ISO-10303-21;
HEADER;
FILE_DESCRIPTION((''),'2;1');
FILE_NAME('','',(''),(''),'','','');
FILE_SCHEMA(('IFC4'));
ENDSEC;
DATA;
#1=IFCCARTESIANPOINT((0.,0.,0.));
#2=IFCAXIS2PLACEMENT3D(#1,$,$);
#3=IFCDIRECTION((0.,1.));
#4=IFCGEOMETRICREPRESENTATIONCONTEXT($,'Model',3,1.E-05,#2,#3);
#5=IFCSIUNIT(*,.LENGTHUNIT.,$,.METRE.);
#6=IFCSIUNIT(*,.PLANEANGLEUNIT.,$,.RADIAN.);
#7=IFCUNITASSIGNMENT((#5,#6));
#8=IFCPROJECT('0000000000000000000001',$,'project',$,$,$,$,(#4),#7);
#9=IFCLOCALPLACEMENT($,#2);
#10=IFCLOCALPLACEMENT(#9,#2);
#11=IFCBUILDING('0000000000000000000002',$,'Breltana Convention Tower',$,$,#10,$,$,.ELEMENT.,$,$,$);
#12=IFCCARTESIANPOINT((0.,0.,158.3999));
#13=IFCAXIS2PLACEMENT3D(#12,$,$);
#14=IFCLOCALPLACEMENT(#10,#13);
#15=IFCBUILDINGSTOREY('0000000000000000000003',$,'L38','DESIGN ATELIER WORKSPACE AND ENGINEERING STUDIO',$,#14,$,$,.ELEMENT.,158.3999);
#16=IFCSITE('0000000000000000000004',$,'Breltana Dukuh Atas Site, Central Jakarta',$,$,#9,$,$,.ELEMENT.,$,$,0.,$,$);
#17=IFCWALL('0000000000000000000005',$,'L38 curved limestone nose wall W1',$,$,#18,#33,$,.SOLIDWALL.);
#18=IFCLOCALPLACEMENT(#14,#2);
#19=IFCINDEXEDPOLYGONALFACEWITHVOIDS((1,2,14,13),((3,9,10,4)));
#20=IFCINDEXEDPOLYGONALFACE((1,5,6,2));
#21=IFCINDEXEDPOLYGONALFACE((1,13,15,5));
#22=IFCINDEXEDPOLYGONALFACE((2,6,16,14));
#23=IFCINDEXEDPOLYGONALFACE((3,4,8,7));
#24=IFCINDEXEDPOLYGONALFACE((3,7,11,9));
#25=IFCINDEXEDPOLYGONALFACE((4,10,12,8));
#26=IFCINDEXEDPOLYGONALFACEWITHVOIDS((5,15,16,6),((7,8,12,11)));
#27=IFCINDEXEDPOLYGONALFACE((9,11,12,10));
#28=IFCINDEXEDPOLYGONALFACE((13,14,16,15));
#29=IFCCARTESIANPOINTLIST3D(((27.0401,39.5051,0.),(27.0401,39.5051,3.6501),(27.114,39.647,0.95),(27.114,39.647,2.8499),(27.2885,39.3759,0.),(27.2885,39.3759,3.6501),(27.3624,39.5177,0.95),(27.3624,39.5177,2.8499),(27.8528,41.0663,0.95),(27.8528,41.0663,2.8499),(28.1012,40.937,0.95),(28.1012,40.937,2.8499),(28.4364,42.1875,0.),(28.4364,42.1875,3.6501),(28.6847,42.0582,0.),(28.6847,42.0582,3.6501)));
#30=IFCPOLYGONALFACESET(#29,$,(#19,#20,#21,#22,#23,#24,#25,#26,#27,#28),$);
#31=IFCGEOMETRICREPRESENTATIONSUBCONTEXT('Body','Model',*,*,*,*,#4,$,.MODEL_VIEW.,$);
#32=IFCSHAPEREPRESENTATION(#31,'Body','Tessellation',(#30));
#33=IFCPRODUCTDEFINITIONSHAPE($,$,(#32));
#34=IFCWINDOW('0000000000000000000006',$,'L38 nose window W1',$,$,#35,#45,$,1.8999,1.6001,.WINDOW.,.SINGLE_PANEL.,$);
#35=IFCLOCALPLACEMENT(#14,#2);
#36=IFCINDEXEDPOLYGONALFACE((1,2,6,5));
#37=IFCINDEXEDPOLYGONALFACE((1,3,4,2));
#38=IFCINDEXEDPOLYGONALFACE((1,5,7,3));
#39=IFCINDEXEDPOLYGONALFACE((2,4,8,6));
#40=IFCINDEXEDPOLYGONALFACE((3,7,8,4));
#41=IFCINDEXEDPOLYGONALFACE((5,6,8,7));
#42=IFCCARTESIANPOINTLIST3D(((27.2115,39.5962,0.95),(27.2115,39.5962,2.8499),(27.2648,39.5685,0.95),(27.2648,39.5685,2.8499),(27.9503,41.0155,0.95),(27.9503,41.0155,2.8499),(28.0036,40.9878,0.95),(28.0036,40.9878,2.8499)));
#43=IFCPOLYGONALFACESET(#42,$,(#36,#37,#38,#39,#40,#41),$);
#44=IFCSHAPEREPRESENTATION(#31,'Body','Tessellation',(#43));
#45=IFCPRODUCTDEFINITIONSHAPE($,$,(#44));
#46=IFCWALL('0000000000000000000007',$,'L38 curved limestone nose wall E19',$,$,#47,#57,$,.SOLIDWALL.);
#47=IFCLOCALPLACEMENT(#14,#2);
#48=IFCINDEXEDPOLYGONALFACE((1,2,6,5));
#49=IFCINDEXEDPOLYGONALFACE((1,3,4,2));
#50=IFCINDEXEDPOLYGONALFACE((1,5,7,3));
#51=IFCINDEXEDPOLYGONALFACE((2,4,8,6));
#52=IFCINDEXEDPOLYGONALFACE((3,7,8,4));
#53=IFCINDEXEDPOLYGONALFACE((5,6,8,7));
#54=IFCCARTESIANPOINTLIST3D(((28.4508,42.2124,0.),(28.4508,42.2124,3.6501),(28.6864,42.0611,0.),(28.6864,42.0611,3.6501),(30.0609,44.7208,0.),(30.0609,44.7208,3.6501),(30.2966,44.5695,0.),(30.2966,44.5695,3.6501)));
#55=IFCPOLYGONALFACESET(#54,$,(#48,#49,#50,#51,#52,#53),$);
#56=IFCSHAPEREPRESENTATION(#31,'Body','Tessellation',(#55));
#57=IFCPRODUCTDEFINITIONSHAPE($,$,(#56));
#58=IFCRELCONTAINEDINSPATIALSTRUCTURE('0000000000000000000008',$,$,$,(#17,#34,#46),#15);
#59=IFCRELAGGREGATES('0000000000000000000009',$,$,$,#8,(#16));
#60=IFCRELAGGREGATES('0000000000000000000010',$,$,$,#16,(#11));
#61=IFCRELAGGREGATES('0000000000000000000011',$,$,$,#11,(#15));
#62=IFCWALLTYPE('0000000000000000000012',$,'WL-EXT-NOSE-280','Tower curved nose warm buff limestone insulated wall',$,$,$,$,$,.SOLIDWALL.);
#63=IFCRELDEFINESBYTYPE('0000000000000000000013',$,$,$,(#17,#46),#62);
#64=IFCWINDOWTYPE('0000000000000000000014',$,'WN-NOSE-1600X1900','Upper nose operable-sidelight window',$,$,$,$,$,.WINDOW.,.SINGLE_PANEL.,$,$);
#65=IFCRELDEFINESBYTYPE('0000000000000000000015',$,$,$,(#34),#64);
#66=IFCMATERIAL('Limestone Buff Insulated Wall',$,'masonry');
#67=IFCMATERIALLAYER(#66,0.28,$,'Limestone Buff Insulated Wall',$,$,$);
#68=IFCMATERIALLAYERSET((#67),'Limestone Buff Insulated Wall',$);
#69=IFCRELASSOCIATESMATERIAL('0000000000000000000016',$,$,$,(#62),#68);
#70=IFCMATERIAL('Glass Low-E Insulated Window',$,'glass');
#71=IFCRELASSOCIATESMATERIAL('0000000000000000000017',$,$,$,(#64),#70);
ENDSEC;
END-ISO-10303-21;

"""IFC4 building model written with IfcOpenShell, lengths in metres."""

from ifc_helpers import new_model, si_unit, direction, frame, frame_2d, origin, place, context, subcontext, project, spatial, rectangle, extrude, source, transform, mapped, material, layer, layer_set, type_object, type_shapes, element, fill, save


model = new_model("IFC4")

# Units and contexts
model_context = context("Model", 3, precision=1e-05, world=origin(), true_north=direction((0.0, 1.0)))
body_context = subcontext(model_context, "Body", "Model", "MODEL_VIEW")
ifc_project = project(units=[si_unit("LENGTHUNIT", "METRE"), si_unit("PLANEANGLEUNIT", "RADIAN")], contexts=[model_context])

# Site, building, storey
site_placement = place(None, origin())
site = spatial("IfcSite", under=ifc_project, at=site_placement, Name="Breltana Dukuh Atas Site, Central Jakarta", CompositionType="ELEMENT", RefElevation=0.0)
building_placement = place(site_placement, origin())
building = spatial("IfcBuilding", under=site, at=building_placement, Name="Breltana Convention Tower", CompositionType="ELEMENT")
storey_placement = place(building_placement, frame((0.0, 0.0, 158.3999)))
storey = spatial("IfcBuildingStorey", under=building, at=storey_placement, Name="L38", Description="DESIGN ATELIER WORKSPACE AND ENGINEERING STUDIO", CompositionType="ELEMENT", Elevation=158.3999)

# Wall, opening, window
ifc_material_1 = material(Name="Limestone Buff Insulated Wall", Category="masonry")
ifc_layer_1 = layer(ifc_material_1, 0.28, Name="Limestone Buff Insulated Wall")
ifc_layer_set_1 = layer_set([ifc_layer_1], Name="Limestone Buff Insulated Wall")
wall_type = type_object("IfcWallType", Name="WL-EXT-NOSE-280", Description="Tower curved nose warm buff limestone insulated wall", PredefinedType="SOLIDWALL", material=ifc_layer_set_1)
ifc_material_2 = material(Name="Glass Low-E Insulated Window", Category="glass")
shared_shape_1 = source(origin(), body_context, "Body", "SweptSolid", [
    extrude(rectangle(XDim=3.0239, YDim=0.28, at=frame_2d((1.512, 0.0))), origin(), (0.0, 0.0, 1.0), 3.6501),
])
wall_1_placement = place(storey_placement, frame((28.5605, 42.1228, 0.0), z_axis=(0.0, 0.0, 1.0), x_axis=(-0.461719, -0.887026, 0.0)))
wall_1 = element("IfcWall", 1, at=wall_1_placement, inside=storey, type_object=wall_type, Name="L38 curved limestone nose wall W1", PredefinedType="SOLIDWALL", context=body_context, shape_type="MappedRepresentation", body=[
    mapped(shared_shape_1, transform((0.0, 0.0, 0.0), scale=1.0)),
])
opening_1_placement = place(wall_1_placement, frame((1.2639, 0.0, 0.95)))
opening_1 = element("IfcOpeningElement", 2, at=opening_1_placement, cuts=wall_1, PredefinedType="OPENING", context=body_context, shape_type="SweptSolid", body=[
    extrude(rectangle(XDim=1.6001, YDim=1.8999, at=frame_2d((0.8, 0.95))), frame((0.0, 0.1499, 0.0), z_axis=(0.0, -1.0, 0.0), x_axis=(1.0, 0.0, 0.0)), (0.0, 0.0, 1.0), 0.3),
])
window_type_1 = type_object("IfcWindowType", Name="WN-NOSE-1600X1900", Description="Upper nose operable-sidelight window", PartitioningType="SINGLE_PANEL", PredefinedType="WINDOW", material=ifc_material_2)
shared_shape_2 = source(origin(), body_context, "Body", "SweptSolid", [
    extrude(rectangle(XDim=1.6001, YDim=1.8999, at=frame_2d((0.8, 0.95))), frame((0.0, 0.03, 0.0), z_axis=(0.0, -1.0, 0.0), x_axis=(1.0, 0.0, 0.0)), (0.0, 0.0, 1.0), 0.0601),
])
type_shapes(window_type_1, [shared_shape_2])
window_1_placement = place(opening_1_placement, origin())
window_1 = element("IfcWindow", 3, at=window_1_placement, inside=storey, type_object=window_type_1, Name="L38 nose window W1", OverallHeight=1.8999, OverallWidth=1.6001, PartitioningType="SINGLE_PANEL", PredefinedType="WINDOW", context=body_context, shape_type="MappedRepresentation", body=[
    mapped(shared_shape_2, transform((0.0, 0.0, 0.0), scale=1.0)),
])
fill(opening_1, window_1)

# Wall
shared_shape_3 = source(origin(), body_context, "Body", "SweptSolid", [
    extrude(rectangle(XDim=2.9807, YDim=0.28, at=frame_2d((1.4902, 0.0))), origin(), (0.0, 0.0, 1.0), 3.6501),
])
wall_2_placement = place(storey_placement, frame((30.1787, 44.645, 0.0), z_axis=(0.0, 0.0, 1.0), x_axis=(-0.540194, -0.84154, 0.0)))
element("IfcWall", 4, at=wall_2_placement, inside=storey, type_object=wall_type, Name="L38 curved limestone nose wall E19", PredefinedType="SOLIDWALL", context=body_context, shape_type="MappedRepresentation", body=[
    mapped(shared_shape_3, transform((0.0, 0.0, 0.0), scale=1.0)),
])

save(model, "model.ifc")
